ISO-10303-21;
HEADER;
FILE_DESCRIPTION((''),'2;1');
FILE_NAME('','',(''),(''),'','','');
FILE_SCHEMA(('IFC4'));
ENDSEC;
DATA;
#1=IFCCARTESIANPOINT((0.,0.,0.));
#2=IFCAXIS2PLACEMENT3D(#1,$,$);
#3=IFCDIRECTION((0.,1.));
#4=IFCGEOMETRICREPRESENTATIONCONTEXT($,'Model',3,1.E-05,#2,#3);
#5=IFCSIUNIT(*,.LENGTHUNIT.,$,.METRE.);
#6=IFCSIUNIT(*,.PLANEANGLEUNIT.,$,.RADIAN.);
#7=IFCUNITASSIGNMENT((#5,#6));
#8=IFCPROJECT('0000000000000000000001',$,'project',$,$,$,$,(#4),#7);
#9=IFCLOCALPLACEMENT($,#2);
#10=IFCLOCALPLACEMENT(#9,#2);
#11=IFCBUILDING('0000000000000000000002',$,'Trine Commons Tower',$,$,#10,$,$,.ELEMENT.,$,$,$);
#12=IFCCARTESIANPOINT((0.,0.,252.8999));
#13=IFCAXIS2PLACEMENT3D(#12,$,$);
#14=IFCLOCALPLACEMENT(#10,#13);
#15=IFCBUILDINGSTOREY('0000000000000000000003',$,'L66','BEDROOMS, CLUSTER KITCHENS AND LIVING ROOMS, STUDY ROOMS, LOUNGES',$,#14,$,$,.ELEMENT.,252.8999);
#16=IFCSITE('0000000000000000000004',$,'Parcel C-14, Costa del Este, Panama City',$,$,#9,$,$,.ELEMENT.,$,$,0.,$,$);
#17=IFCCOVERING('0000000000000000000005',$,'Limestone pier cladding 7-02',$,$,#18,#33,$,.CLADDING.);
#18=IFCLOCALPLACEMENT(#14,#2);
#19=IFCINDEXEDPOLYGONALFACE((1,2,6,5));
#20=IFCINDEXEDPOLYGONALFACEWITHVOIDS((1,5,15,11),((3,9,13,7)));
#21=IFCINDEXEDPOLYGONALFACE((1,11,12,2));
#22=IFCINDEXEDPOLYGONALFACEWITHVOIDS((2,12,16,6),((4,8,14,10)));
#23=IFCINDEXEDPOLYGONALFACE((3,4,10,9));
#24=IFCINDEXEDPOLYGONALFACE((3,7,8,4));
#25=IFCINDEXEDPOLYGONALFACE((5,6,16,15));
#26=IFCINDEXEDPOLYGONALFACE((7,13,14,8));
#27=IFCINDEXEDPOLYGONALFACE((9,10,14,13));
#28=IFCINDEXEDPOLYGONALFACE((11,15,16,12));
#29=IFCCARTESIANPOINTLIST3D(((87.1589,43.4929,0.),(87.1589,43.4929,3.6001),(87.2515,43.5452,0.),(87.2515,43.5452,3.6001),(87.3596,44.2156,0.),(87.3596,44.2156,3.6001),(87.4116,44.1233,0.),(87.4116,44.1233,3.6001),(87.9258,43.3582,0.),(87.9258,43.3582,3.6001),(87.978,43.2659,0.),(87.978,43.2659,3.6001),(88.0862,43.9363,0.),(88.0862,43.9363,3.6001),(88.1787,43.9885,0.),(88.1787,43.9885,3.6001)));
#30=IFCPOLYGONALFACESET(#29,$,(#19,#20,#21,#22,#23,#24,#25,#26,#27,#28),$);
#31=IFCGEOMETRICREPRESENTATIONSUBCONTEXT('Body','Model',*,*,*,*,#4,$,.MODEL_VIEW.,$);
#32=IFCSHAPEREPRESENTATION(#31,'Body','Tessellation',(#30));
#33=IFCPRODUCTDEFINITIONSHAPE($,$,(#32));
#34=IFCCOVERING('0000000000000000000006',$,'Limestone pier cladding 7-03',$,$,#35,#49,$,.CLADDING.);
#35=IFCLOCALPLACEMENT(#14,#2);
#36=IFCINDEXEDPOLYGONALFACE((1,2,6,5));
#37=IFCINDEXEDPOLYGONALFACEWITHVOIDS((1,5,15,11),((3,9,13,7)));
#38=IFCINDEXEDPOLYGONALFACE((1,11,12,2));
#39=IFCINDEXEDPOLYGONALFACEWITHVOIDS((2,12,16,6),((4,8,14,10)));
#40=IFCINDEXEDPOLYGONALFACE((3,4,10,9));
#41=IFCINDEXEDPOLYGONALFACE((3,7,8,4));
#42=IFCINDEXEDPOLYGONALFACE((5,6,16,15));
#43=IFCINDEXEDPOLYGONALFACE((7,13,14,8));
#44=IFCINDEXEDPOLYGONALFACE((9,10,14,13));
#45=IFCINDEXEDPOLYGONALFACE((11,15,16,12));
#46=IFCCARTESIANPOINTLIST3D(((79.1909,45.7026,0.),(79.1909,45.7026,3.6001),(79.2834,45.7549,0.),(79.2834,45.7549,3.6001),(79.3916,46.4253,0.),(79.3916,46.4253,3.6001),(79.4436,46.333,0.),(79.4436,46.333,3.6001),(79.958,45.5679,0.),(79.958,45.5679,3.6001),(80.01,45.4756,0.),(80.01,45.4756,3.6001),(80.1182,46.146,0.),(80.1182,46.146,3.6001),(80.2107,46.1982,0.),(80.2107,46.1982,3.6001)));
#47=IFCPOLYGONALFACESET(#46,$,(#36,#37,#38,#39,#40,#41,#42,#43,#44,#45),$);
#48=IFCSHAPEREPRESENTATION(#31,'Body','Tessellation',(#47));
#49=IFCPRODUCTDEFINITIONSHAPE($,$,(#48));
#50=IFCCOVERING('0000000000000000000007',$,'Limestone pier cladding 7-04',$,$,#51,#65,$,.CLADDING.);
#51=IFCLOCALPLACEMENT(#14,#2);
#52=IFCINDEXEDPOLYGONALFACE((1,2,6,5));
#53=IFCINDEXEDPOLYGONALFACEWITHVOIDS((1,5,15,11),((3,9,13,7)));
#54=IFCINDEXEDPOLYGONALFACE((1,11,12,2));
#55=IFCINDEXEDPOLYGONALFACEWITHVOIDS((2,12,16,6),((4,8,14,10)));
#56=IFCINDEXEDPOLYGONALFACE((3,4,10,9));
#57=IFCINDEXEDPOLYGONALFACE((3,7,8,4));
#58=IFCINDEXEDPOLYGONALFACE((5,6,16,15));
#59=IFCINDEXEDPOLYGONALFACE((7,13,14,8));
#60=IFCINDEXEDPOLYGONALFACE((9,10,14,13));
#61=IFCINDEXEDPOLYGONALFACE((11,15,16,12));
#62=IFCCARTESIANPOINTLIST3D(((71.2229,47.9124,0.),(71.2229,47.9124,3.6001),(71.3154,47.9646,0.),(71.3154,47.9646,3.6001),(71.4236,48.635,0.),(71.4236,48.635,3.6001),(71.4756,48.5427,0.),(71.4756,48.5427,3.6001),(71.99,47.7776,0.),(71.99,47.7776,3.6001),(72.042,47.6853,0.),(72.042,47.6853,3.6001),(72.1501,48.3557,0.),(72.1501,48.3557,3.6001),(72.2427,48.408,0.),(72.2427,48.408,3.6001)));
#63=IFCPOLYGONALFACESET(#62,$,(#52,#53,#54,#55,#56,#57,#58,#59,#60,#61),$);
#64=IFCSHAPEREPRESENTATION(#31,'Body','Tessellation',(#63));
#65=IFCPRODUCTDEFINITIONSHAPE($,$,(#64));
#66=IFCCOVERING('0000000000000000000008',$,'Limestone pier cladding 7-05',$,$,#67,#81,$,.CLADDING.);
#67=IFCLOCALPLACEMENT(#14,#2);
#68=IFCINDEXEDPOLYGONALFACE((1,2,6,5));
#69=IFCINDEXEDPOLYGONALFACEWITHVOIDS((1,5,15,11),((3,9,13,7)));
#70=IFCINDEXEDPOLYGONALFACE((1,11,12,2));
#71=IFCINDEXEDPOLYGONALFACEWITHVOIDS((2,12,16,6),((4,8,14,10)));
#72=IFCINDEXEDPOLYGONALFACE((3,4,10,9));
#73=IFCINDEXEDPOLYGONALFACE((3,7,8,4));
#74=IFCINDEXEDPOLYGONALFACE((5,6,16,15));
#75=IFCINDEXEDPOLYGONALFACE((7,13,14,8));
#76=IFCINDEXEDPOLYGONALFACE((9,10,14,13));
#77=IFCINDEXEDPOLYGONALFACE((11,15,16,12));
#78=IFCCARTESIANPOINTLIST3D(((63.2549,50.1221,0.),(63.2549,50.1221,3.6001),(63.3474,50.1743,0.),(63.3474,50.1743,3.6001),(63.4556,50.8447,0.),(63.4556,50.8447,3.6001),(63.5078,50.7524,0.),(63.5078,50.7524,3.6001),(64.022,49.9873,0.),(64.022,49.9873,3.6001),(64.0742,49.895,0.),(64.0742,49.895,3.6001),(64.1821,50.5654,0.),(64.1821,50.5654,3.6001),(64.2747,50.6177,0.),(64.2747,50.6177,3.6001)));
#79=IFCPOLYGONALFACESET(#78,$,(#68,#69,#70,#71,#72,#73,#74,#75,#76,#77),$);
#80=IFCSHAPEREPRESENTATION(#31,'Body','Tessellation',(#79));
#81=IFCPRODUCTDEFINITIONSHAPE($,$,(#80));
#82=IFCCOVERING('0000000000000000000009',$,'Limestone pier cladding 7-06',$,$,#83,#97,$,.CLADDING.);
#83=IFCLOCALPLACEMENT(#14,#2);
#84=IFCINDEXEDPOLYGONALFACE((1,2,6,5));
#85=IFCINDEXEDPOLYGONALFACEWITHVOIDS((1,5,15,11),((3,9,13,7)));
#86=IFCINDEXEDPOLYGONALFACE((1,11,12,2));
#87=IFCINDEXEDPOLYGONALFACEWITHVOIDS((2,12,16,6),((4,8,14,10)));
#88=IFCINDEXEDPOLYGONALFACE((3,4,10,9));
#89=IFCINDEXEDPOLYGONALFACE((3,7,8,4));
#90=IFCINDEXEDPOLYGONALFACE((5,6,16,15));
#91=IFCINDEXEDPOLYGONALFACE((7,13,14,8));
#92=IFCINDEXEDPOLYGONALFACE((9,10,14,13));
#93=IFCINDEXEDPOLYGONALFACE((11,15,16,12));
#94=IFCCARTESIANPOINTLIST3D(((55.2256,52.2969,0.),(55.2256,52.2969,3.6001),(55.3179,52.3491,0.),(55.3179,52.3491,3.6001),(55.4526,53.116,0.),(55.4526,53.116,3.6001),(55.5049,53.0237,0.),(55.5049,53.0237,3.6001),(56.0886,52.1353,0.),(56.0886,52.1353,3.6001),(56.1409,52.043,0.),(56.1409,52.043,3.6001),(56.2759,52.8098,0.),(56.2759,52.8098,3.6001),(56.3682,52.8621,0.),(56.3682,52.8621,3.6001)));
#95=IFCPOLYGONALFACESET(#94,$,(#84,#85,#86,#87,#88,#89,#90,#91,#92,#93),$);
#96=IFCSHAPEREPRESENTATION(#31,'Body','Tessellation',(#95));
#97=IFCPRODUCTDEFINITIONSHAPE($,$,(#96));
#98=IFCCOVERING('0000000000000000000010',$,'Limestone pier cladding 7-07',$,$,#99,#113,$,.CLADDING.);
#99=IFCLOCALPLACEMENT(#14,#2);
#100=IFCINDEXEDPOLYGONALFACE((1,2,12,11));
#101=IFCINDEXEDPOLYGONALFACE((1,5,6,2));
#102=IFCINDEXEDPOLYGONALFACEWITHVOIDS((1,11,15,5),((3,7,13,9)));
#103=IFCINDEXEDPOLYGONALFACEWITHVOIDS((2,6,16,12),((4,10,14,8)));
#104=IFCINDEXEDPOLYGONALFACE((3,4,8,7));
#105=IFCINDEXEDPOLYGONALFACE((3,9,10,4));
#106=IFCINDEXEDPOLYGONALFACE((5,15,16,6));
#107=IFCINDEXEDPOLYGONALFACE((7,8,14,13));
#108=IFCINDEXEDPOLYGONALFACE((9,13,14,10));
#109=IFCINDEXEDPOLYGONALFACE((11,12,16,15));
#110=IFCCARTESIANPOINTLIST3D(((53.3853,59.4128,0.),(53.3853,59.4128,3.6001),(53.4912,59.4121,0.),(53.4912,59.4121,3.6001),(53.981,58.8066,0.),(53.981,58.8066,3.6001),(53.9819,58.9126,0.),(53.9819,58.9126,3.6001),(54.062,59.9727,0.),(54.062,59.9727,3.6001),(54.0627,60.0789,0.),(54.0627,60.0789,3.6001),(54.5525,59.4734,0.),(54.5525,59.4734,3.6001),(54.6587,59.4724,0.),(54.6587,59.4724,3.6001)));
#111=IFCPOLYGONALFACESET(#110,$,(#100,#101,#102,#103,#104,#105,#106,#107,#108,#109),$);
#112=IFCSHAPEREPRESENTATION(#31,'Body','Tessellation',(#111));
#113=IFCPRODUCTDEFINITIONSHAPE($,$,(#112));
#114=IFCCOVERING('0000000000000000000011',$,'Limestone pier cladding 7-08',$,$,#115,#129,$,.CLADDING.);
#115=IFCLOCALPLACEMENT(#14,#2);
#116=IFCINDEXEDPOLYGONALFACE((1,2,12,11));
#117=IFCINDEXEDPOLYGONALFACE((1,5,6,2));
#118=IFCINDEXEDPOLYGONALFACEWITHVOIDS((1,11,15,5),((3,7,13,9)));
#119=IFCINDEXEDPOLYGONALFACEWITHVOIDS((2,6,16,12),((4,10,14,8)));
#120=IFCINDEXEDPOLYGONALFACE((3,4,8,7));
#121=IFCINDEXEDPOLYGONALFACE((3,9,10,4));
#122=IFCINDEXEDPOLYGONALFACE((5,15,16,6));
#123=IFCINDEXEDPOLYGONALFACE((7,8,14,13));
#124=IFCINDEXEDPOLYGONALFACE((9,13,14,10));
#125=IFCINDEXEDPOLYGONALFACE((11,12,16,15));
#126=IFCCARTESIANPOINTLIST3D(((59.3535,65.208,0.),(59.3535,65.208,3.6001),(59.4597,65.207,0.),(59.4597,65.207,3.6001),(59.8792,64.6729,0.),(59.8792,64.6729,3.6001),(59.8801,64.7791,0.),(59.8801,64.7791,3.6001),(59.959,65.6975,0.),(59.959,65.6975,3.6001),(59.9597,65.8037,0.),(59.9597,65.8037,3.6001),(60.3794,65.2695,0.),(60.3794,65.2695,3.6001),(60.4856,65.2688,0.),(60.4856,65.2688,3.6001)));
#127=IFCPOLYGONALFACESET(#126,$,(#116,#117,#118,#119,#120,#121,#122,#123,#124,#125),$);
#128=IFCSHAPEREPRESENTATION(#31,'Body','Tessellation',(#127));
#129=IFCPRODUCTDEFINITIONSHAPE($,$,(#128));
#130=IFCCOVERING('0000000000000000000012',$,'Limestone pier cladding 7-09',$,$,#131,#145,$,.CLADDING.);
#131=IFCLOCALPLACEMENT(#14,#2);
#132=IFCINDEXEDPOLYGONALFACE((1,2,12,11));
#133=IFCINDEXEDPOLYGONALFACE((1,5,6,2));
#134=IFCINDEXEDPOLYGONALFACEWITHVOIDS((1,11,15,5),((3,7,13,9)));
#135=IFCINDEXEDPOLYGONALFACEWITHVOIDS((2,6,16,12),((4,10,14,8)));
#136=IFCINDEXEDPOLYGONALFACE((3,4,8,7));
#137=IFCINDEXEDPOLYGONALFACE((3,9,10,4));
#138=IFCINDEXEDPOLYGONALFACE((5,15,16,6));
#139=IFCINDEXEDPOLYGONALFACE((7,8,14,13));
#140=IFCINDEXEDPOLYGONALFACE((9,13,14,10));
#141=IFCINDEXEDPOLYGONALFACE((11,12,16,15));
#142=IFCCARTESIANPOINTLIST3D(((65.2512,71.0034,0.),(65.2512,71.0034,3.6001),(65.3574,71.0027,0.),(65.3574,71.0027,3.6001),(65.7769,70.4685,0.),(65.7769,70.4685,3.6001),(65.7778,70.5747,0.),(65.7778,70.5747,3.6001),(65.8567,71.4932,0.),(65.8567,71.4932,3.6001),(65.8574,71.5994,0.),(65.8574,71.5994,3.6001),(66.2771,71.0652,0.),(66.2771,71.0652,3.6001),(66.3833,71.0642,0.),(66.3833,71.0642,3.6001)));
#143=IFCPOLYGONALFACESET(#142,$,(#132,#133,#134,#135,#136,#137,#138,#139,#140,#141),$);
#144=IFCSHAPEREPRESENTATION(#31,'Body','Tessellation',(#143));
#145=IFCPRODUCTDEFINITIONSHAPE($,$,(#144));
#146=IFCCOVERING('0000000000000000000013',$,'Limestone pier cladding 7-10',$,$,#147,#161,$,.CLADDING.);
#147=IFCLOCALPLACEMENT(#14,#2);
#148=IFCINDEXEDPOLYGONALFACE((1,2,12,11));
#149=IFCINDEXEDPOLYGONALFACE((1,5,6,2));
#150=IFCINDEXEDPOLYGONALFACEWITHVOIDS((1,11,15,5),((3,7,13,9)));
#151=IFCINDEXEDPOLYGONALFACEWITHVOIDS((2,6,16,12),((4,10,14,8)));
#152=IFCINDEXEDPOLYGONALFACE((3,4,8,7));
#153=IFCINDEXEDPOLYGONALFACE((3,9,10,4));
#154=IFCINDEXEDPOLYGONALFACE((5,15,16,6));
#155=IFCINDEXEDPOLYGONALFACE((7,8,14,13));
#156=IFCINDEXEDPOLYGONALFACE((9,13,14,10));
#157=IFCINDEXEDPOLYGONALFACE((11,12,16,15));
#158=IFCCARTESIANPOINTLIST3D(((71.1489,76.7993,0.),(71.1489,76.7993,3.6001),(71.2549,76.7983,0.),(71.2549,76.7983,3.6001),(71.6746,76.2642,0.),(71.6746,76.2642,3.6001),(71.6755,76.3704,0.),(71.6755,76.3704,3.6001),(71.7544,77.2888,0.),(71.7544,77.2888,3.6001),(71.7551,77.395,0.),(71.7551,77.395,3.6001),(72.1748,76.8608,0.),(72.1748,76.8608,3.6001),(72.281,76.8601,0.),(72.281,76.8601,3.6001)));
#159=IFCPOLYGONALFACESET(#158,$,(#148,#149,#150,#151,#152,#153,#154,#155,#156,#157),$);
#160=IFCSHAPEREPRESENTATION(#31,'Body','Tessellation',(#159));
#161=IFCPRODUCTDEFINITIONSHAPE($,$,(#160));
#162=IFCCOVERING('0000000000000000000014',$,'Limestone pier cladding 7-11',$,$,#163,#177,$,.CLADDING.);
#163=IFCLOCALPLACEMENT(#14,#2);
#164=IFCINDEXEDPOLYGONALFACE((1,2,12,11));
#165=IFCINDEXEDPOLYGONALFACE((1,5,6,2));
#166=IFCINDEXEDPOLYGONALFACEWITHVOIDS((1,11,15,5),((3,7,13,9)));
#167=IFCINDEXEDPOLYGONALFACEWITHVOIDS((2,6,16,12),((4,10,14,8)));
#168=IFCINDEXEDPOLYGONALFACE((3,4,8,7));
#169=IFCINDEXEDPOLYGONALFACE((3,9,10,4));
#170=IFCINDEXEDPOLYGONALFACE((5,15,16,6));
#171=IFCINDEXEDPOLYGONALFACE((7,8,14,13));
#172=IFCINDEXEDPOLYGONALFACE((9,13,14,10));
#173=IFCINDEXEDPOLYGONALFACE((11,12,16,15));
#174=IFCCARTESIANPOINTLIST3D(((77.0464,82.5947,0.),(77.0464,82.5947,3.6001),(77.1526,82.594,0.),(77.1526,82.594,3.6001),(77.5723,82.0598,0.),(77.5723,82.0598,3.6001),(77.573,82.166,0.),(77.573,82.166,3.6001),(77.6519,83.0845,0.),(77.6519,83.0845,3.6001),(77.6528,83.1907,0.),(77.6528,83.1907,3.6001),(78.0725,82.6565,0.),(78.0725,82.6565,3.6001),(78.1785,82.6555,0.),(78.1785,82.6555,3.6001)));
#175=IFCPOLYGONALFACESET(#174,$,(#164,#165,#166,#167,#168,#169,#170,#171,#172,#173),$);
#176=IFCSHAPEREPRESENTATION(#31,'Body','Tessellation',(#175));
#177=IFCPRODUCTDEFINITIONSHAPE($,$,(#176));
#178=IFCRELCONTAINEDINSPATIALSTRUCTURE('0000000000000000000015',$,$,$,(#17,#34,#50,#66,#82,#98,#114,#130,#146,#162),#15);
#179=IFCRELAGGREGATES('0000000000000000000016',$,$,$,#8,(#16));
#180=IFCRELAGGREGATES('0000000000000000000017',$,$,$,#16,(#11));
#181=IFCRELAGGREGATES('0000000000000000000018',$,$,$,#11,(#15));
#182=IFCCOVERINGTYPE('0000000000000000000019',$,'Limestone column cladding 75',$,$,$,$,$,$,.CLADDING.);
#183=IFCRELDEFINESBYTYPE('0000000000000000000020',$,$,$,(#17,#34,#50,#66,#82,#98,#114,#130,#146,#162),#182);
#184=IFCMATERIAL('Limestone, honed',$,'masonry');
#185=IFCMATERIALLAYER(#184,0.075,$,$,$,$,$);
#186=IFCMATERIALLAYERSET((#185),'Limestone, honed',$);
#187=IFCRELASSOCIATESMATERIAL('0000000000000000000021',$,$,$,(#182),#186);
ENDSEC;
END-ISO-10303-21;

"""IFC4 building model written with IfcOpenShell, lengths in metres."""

from ifc_helpers import new_model, si_unit, direction, frame, origin, place, context, subcontext, project, spatial, polyline, outline, extrude, material, layer, layer_set, type_object, element, save


model = new_model("IFC4")

# Units and contexts
model_context = context("Model", 3, precision=1e-05, world=origin(), true_north=direction((0.0, 1.0)))
body_context = subcontext(model_context, "Body", "Model", "MODEL_VIEW")
ifc_project = project(units=[si_unit("LENGTHUNIT", "METRE"), si_unit("PLANEANGLEUNIT", "RADIAN")], contexts=[model_context])

# Site, building, storey
site_placement = place(None, origin())
site = spatial("IfcSite", under=ifc_project, at=site_placement, Name="Parcel C-14, Costa del Este, Panama City", CompositionType="ELEMENT", RefElevation=0.0)
building_placement = place(site_placement, origin())
building = spatial("IfcBuilding", under=site, at=building_placement, Name="Trine Commons Tower", CompositionType="ELEMENT")
storey_placement = place(building_placement, frame((0.0, 0.0, 252.8999)))
storey = spatial("IfcBuildingStorey", under=building, at=storey_placement, Name="L66", Description="BEDROOMS, CLUSTER KITCHENS AND LIVING ROOMS, STUDY ROOMS, LOUNGES", CompositionType="ELEMENT", Elevation=252.8999)

# Coverings
ifc_material_1 = material(Name="Limestone, honed", Category="masonry")
ifc_layer_1 = layer(ifc_material_1, 0.075)
ifc_layer_set_1 = layer_set([ifc_layer_1], Name="Limestone, honed")
covering_type_1 = type_object("IfcCoveringType", Name="Limestone column cladding 75", PredefinedType="CLADDING", material=ifc_layer_set_1)
covering_1_placement = place(storey_placement, origin())
element("IfcCovering", 1, at=covering_1_placement, inside=storey, type_object=covering_type_1, Name="Limestone pier cladding 7-02", PredefinedType="CLADDING", context=body_context, shape_type="SweptSolid", body=[
    extrude(outline(polyline([(87.3596, 44.2156), (87.1589, 43.4929), (87.978, 43.2659), (88.1787, 43.9885), (87.3596, 44.2156)]), holes=[polyline([(87.4116, 44.1233), (87.2515, 43.5452), (87.9258, 43.3582), (88.0862, 43.9363), (87.4116, 44.1233)])]), origin(), (0.0, 0.0, 1.0), 3.6001),
])
covering_2_placement = place(storey_placement, origin())
element("IfcCovering", 2, at=covering_2_placement, inside=storey, type_object=covering_type_1, Name="Limestone pier cladding 7-03", PredefinedType="CLADDING", context=body_context, shape_type="SweptSolid", body=[
    extrude(outline(polyline([(79.3916, 46.4253), (79.1909, 45.7026), (80.01, 45.4756), (80.2107, 46.1982), (79.3916, 46.4253)]), holes=[polyline([(79.4436, 46.333), (79.2834, 45.7549), (79.958, 45.5679), (80.1182, 46.146), (79.4436, 46.333)])]), origin(), (0.0, 0.0, 1.0), 3.6001),
])
covering_3_placement = place(storey_placement, origin())
element("IfcCovering", 3, at=covering_3_placement, inside=storey, type_object=covering_type_1, Name="Limestone pier cladding 7-04", PredefinedType="CLADDING", context=body_context, shape_type="SweptSolid", body=[
    extrude(outline(polyline([(71.4236, 48.635), (71.2229, 47.9124), (72.042, 47.6853), (72.2427, 48.408), (71.4236, 48.635)]), holes=[polyline([(71.4756, 48.5427), (71.3154, 47.9646), (71.99, 47.7776), (72.1501, 48.3557), (71.4756, 48.5427)])]), origin(), (0.0, 0.0, 1.0), 3.6001),
])
covering_4_placement = place(storey_placement, origin())
element("IfcCovering", 4, at=covering_4_placement, inside=storey, type_object=covering_type_1, Name="Limestone pier cladding 7-05", PredefinedType="CLADDING", context=body_context, shape_type="SweptSolid", body=[
    extrude(outline(polyline([(63.4556, 50.8447), (63.2549, 50.1221), (64.0742, 49.895), (64.2747, 50.6177), (63.4556, 50.8447)]), holes=[polyline([(63.5078, 50.7524), (63.3474, 50.1743), (64.022, 49.9873), (64.1821, 50.5654), (63.5078, 50.7524)])]), origin(), (0.0, 0.0, 1.0), 3.6001),
])
covering_5_placement = place(storey_placement, origin())
element("IfcCovering", 5, at=covering_5_placement, inside=storey, type_object=covering_type_1, Name="Limestone pier cladding 7-06", PredefinedType="CLADDING", context=body_context, shape_type="SweptSolid", body=[
    extrude(outline(polyline([(55.4526, 53.116), (55.2256, 52.2969), (56.1409, 52.043), (56.3682, 52.8621), (55.4526, 53.116)]), holes=[polyline([(55.5049, 53.0237), (55.3179, 52.3491), (56.0886, 52.1353), (56.2759, 52.8098), (55.5049, 53.0237)])]), origin(), (0.0, 0.0, 1.0), 3.6001),
])
covering_6_placement = place(storey_placement, origin())
element("IfcCovering", 6, at=covering_6_placement, inside=storey, type_object=covering_type_1, Name="Limestone pier cladding 7-07", PredefinedType="CLADDING", context=body_context, shape_type="SweptSolid", body=[
    extrude(outline(polyline([(54.6587, 59.4724), (54.0627, 60.0789), (53.3853, 59.4128), (53.981, 58.8066), (54.6587, 59.4724)]), holes=[polyline([(54.5525, 59.4734), (54.062, 59.9727), (53.4912, 59.4121), (53.9819, 58.9126), (54.5525, 59.4734)])]), origin(), (0.0, 0.0, 1.0), 3.6001),
])
covering_7_placement = place(storey_placement, origin())
element("IfcCovering", 7, at=covering_7_placement, inside=storey, type_object=covering_type_1, Name="Limestone pier cladding 7-08", PredefinedType="CLADDING", context=body_context, shape_type="SweptSolid", body=[
    extrude(outline(polyline([(60.4856, 65.2688), (59.9597, 65.8037), (59.3535, 65.208), (59.8792, 64.6729), (60.4856, 65.2688)]), holes=[polyline([(60.3794, 65.2695), (59.959, 65.6975), (59.4597, 65.207), (59.8801, 64.7791), (60.3794, 65.2695)])]), origin(), (0.0, 0.0, 1.0), 3.6001),
])
covering_8_placement = place(storey_placement, origin())
element("IfcCovering", 8, at=covering_8_placement, inside=storey, type_object=covering_type_1, Name="Limestone pier cladding 7-09", PredefinedType="CLADDING", context=body_context, shape_type="SweptSolid", body=[
    extrude(outline(polyline([(66.3833, 71.0642), (65.8574, 71.5994), (65.2512, 71.0034), (65.7769, 70.4685), (66.3833, 71.0642)]), holes=[polyline([(66.2771, 71.0652), (65.8567, 71.4932), (65.3574, 71.0027), (65.7778, 70.5747), (66.2771, 71.0652)])]), origin(), (0.0, 0.0, 1.0), 3.6001),
])
covering_9_placement = place(storey_placement, origin())
element("IfcCovering", 9, at=covering_9_placement, inside=storey, type_object=covering_type_1, Name="Limestone pier cladding 7-10", PredefinedType="CLADDING", context=body_context, shape_type="SweptSolid", body=[
    extrude(outline(polyline([(72.281, 76.8601), (71.7551, 77.395), (71.1489, 76.7993), (71.6746, 76.2642), (72.281, 76.8601)]), holes=[polyline([(72.1748, 76.8608), (71.7544, 77.2888), (71.2549, 76.7983), (71.6755, 76.3704), (72.1748, 76.8608)])]), origin(), (0.0, 0.0, 1.0), 3.6001),
])
covering_10_placement = place(storey_placement, origin())
element("IfcCovering", 10, at=covering_10_placement, inside=storey, type_object=covering_type_1, Name="Limestone pier cladding 7-11", PredefinedType="CLADDING", context=body_context, shape_type="SweptSolid", body=[
    extrude(outline(polyline([(78.1785, 82.6555), (77.6528, 83.1907), (77.0464, 82.5947), (77.5723, 82.0598), (78.1785, 82.6555)]), holes=[polyline([(78.0725, 82.6565), (77.6519, 83.0845), (77.1526, 82.594), (77.573, 82.166), (78.0725, 82.6565)])]), origin(), (0.0, 0.0, 1.0), 3.6001),
])

save(model, "model.ifc")
